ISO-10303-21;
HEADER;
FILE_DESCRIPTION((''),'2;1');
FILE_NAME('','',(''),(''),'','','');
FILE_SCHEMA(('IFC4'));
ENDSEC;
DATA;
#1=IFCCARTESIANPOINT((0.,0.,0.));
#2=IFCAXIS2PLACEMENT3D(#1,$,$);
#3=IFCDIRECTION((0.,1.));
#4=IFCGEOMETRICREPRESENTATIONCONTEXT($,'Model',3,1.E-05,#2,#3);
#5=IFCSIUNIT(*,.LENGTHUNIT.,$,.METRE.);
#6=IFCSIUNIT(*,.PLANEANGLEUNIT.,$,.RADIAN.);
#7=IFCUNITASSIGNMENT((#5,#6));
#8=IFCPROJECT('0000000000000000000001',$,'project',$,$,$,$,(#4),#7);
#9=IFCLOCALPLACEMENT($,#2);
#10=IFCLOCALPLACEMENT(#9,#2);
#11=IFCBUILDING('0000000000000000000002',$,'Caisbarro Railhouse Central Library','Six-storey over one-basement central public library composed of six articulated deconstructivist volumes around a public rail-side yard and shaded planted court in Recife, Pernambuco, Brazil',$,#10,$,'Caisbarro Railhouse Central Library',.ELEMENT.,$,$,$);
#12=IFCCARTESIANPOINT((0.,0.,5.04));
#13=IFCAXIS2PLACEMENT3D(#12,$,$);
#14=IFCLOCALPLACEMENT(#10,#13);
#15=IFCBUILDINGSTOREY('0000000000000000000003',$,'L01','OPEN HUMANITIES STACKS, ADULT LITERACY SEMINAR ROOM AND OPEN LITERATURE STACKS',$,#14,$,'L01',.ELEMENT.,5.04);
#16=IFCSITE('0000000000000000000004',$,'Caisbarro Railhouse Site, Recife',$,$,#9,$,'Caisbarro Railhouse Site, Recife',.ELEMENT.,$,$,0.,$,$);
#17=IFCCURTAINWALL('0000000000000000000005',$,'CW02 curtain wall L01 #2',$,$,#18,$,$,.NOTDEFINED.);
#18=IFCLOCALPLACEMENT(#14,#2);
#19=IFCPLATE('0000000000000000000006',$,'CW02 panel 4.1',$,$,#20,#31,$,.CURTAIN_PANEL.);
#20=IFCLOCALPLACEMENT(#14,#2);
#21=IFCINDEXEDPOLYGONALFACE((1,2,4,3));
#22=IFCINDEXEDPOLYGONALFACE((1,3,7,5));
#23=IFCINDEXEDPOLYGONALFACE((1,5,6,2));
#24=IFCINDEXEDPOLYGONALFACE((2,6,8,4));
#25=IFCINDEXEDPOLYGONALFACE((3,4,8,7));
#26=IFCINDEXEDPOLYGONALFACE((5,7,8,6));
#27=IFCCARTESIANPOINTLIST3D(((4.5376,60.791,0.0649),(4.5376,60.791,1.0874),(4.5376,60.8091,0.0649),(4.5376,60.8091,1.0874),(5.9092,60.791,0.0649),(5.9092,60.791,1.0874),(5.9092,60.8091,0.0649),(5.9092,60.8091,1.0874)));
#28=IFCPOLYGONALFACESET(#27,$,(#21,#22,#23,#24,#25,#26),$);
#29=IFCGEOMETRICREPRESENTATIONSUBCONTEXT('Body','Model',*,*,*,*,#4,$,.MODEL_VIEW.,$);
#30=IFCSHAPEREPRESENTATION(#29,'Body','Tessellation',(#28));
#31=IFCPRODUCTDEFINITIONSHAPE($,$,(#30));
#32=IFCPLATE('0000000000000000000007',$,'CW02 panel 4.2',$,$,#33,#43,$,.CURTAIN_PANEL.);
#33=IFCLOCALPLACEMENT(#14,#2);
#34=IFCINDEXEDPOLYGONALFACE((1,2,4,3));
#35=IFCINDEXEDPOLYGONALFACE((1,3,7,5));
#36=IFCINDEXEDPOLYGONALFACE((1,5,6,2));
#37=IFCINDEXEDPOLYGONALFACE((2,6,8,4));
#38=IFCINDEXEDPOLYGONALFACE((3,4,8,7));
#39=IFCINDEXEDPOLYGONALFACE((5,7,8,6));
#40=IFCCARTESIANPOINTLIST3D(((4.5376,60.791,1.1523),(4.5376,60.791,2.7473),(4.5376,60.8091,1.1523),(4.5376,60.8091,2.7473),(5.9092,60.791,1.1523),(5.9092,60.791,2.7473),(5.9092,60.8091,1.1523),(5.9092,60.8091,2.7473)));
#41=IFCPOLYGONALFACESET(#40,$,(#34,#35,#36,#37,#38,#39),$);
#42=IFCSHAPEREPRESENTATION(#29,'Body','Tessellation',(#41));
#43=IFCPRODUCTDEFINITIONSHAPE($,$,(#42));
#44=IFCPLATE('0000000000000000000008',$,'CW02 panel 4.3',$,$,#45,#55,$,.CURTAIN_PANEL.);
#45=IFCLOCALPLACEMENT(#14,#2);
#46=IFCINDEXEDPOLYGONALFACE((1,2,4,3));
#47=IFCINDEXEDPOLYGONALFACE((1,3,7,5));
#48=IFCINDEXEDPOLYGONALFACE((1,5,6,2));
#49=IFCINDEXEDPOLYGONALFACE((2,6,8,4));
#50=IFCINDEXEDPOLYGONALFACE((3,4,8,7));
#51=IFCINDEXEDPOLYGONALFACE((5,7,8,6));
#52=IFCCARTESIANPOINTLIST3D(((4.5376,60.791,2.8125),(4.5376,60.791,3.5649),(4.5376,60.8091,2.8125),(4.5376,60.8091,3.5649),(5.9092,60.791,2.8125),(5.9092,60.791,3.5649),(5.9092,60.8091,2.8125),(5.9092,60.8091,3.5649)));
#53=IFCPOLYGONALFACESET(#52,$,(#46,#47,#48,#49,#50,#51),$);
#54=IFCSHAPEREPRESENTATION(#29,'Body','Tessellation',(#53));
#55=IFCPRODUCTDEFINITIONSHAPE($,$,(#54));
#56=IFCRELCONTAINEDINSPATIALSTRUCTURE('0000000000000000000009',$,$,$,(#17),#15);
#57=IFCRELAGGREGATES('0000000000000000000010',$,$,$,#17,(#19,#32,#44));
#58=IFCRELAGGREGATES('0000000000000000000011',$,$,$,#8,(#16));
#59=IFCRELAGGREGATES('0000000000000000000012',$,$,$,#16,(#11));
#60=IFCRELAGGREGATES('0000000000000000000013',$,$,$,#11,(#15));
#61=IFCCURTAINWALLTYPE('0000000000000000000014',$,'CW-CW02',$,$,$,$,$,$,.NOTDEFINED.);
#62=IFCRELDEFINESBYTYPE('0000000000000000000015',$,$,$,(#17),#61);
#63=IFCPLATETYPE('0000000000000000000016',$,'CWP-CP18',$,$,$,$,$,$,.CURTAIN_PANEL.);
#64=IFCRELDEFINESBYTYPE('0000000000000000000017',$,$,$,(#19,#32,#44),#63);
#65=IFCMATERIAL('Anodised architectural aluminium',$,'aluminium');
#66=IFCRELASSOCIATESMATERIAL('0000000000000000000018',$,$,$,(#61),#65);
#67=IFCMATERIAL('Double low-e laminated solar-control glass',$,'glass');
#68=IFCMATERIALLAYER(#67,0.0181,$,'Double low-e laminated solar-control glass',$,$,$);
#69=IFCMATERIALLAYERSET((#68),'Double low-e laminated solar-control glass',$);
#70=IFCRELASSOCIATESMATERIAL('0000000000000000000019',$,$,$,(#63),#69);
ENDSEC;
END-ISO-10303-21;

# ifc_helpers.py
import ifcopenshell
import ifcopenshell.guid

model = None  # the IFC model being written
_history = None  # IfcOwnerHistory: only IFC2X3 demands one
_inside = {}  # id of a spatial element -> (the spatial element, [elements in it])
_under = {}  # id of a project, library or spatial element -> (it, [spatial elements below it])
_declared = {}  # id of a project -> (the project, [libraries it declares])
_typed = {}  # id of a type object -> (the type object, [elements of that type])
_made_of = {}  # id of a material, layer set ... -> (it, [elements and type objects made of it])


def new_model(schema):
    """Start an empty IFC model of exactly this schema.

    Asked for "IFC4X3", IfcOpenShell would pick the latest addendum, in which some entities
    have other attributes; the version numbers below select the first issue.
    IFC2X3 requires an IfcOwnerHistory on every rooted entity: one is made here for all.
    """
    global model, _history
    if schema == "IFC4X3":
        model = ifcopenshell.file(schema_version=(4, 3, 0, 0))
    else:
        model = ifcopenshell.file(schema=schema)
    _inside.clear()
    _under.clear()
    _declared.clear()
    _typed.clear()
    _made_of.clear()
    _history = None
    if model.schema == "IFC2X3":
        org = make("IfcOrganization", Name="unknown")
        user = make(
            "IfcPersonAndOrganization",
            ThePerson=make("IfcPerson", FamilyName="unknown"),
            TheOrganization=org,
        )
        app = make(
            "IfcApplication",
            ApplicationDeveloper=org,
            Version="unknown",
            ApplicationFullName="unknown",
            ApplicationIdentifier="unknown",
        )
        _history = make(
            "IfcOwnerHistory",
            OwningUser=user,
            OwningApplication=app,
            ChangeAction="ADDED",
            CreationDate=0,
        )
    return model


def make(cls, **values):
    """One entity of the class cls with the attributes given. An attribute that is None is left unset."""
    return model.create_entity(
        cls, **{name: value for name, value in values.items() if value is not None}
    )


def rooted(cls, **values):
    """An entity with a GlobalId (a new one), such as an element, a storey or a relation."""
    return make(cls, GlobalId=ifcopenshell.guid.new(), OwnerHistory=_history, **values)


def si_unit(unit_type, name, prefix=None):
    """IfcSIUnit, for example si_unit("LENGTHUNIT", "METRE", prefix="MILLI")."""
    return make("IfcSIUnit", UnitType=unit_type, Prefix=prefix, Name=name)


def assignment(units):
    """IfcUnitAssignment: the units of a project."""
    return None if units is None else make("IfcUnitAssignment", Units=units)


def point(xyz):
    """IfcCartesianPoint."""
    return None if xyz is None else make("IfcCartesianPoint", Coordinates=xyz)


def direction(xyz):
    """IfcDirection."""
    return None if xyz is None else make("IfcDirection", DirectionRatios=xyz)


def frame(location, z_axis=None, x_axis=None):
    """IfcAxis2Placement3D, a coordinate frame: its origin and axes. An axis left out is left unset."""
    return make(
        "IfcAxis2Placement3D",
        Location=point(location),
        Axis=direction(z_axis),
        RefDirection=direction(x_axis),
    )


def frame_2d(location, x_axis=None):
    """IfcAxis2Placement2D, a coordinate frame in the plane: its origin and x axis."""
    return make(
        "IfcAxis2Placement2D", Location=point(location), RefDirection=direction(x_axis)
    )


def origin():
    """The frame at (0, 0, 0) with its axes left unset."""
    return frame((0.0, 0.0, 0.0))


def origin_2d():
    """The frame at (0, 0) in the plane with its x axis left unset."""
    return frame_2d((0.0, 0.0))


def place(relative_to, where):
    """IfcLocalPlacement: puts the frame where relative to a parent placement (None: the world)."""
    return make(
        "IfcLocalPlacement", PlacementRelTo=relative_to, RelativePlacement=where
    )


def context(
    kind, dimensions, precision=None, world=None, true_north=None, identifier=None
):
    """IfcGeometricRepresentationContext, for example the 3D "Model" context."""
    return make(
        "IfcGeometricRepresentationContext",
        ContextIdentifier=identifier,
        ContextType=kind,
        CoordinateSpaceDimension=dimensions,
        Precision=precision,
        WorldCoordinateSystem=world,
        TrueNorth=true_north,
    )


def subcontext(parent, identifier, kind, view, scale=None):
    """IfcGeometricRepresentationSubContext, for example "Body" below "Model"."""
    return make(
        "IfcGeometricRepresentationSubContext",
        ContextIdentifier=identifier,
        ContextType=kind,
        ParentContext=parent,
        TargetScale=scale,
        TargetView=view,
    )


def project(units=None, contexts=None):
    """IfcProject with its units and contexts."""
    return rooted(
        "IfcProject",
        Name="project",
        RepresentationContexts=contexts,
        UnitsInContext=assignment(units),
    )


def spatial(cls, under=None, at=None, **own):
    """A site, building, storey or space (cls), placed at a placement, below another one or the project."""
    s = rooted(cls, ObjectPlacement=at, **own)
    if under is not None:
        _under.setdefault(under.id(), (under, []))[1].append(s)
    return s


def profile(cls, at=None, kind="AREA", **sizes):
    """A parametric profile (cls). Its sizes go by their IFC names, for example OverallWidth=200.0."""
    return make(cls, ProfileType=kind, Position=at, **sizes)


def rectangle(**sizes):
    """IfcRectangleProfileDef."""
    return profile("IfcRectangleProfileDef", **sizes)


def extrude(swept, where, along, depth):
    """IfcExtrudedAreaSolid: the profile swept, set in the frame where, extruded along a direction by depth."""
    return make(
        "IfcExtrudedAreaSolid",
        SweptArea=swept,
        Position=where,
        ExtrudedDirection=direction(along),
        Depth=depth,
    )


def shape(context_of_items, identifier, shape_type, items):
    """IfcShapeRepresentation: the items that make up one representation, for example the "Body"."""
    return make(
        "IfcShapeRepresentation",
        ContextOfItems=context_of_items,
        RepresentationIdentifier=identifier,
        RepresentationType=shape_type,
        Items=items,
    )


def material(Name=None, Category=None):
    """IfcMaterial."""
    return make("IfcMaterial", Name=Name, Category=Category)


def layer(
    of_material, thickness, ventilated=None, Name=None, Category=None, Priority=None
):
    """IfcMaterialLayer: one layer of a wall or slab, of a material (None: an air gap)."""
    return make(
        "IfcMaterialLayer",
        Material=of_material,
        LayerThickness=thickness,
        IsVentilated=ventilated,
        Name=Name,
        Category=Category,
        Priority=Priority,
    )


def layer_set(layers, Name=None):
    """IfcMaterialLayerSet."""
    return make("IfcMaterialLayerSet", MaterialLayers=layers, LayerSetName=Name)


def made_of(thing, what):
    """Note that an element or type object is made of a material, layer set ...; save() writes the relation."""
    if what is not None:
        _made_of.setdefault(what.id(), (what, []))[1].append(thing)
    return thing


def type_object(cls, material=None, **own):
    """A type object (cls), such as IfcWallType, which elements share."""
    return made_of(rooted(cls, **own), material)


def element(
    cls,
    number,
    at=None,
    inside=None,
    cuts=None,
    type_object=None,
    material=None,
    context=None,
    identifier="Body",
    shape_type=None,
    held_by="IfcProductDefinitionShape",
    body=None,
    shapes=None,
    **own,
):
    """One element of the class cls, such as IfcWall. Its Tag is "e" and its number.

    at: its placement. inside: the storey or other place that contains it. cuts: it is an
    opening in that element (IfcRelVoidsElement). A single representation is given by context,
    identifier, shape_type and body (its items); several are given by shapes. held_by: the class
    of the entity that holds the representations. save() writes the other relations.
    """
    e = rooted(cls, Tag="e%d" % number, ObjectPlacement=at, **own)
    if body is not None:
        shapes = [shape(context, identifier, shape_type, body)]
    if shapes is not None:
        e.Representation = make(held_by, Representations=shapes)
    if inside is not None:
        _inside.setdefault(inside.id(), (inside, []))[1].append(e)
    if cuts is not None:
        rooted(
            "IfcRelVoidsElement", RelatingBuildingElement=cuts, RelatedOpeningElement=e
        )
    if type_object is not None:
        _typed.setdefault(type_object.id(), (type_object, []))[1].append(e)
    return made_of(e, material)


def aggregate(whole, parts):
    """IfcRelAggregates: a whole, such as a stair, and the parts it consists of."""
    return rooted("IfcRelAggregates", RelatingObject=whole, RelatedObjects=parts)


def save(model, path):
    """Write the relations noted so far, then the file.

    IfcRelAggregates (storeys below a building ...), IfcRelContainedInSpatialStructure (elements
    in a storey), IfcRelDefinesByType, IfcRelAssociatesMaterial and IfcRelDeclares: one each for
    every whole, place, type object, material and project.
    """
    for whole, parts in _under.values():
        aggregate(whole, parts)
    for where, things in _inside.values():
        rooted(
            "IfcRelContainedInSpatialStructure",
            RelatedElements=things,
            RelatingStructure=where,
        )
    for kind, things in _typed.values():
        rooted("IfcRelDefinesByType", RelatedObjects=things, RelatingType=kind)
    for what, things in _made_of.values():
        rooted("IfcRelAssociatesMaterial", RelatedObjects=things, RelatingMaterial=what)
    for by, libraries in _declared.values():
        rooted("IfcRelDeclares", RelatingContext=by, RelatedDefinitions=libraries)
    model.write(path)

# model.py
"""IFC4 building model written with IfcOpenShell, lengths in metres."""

from ifc_helpers import new_model, si_unit, direction, frame, origin, origin_2d, place, context, subcontext, project, spatial, rectangle, extrude, material, layer, layer_set, type_object, element, aggregate, save


model = new_model("IFC4")

# Units and contexts
model_context = context("Model", 3, precision=1e-05, world=origin(), true_north=direction((0.0, 1.0)))
body_context = subcontext(model_context, "Body", "Model", "MODEL_VIEW")
ifc_project = project(units=[si_unit("LENGTHUNIT", "METRE"), si_unit("PLANEANGLEUNIT", "RADIAN")], contexts=[model_context])

# Site, building, storey
site_placement = place(None, origin())
site = spatial("IfcSite", under=ifc_project, at=site_placement, Name="Caisbarro Railhouse Site, Recife", LongName="Caisbarro Railhouse Site, Recife", CompositionType="ELEMENT", RefElevation=0.0)
building_placement = place(site_placement, origin())
building = spatial("IfcBuilding", under=site, at=building_placement, Name="Caisbarro Railhouse Central Library", Description="Six-storey over one-basement central public library composed of six articulated deconstructivist volumes around a public rail-side yard and shaded planted court in Recife, Pernambuco, Brazil", LongName="Caisbarro Railhouse Central Library", CompositionType="ELEMENT")
storey_placement = place(building_placement, frame((0.0, 0.0, 5.04)))
storey = spatial("IfcBuildingStorey", under=building, at=storey_placement, Name="L01", Description="OPEN HUMANITIES STACKS, ADULT LITERACY SEMINAR ROOM AND OPEN LITERATURE STACKS", LongName="L01", CompositionType="ELEMENT", Elevation=5.04)

# Curtain wall, plates
ifc_material_1 = material(Name="Anodised architectural aluminium", Category="aluminium")
curtain_wall_type = type_object("IfcCurtainWallType", Name="CW-CW02", PredefinedType="NOTDEFINED", material=ifc_material_1)
curtain_wall_placement = place(storey_placement, origin())
curtain_wall = element("IfcCurtainWall", 1, at=curtain_wall_placement, inside=storey, type_object=curtain_wall_type, Name="CW02 curtain wall L01 #2", PredefinedType="NOTDEFINED")
ifc_material_2 = material(Name="Double low-e laminated solar-control glass", Category="glass")
ifc_layer = layer(ifc_material_2, 0.0181, Name="Double low-e laminated solar-control glass")
ifc_layer_set = layer_set([ifc_layer], Name="Double low-e laminated solar-control glass")
plate_type = type_object("IfcPlateType", Name="CWP-CP18", PredefinedType="CURTAIN_PANEL", material=ifc_layer_set)
plate_1_placement = place(storey_placement, frame((5.2234, 60.8, 0.0649), z_axis=(0.0, 0.0, 1.0), x_axis=(1.0, 0.0, 0.0)))
plate_1 = element("IfcPlate", 2, at=plate_1_placement, type_object=plate_type, Name="CW02 panel 4.1", PredefinedType="CURTAIN_PANEL", context=body_context, shape_type="SweptSolid", body=[
    extrude(rectangle(XDim=1.3716, YDim=0.0181, at=origin_2d()), origin(), (0.0, 0.0, 1.0), 1.0225),
])
plate_2_placement = place(storey_placement, frame((5.2234, 60.8, 1.1523), z_axis=(0.0, 0.0, 1.0), x_axis=(1.0, 0.0, 0.0)))
plate_2 = element("IfcPlate", 3, at=plate_2_placement, type_object=plate_type, Name="CW02 panel 4.2", PredefinedType="CURTAIN_PANEL", context=body_context, shape_type="SweptSolid", body=[
    extrude(rectangle(XDim=1.3716, YDim=0.0181, at=origin_2d()), origin(), (0.0, 0.0, 1.0), 1.595),
])
plate_3_placement = place(storey_placement, frame((5.2234, 60.8, 2.8125), z_axis=(0.0, 0.0, 1.0), x_axis=(1.0, 0.0, 0.0)))
plate_3 = element("IfcPlate", 4, at=plate_3_placement, type_object=plate_type, Name="CW02 panel 4.3", PredefinedType="CURTAIN_PANEL", context=body_context, shape_type="SweptSolid", body=[
    extrude(rectangle(XDim=1.3716, YDim=0.0181, at=origin_2d()), origin(), (0.0, 0.0, 1.0), 0.7524),
])
aggregate(curtain_wall, [plate_1, plate_2, plate_3])

save(model, "model.ifc")
